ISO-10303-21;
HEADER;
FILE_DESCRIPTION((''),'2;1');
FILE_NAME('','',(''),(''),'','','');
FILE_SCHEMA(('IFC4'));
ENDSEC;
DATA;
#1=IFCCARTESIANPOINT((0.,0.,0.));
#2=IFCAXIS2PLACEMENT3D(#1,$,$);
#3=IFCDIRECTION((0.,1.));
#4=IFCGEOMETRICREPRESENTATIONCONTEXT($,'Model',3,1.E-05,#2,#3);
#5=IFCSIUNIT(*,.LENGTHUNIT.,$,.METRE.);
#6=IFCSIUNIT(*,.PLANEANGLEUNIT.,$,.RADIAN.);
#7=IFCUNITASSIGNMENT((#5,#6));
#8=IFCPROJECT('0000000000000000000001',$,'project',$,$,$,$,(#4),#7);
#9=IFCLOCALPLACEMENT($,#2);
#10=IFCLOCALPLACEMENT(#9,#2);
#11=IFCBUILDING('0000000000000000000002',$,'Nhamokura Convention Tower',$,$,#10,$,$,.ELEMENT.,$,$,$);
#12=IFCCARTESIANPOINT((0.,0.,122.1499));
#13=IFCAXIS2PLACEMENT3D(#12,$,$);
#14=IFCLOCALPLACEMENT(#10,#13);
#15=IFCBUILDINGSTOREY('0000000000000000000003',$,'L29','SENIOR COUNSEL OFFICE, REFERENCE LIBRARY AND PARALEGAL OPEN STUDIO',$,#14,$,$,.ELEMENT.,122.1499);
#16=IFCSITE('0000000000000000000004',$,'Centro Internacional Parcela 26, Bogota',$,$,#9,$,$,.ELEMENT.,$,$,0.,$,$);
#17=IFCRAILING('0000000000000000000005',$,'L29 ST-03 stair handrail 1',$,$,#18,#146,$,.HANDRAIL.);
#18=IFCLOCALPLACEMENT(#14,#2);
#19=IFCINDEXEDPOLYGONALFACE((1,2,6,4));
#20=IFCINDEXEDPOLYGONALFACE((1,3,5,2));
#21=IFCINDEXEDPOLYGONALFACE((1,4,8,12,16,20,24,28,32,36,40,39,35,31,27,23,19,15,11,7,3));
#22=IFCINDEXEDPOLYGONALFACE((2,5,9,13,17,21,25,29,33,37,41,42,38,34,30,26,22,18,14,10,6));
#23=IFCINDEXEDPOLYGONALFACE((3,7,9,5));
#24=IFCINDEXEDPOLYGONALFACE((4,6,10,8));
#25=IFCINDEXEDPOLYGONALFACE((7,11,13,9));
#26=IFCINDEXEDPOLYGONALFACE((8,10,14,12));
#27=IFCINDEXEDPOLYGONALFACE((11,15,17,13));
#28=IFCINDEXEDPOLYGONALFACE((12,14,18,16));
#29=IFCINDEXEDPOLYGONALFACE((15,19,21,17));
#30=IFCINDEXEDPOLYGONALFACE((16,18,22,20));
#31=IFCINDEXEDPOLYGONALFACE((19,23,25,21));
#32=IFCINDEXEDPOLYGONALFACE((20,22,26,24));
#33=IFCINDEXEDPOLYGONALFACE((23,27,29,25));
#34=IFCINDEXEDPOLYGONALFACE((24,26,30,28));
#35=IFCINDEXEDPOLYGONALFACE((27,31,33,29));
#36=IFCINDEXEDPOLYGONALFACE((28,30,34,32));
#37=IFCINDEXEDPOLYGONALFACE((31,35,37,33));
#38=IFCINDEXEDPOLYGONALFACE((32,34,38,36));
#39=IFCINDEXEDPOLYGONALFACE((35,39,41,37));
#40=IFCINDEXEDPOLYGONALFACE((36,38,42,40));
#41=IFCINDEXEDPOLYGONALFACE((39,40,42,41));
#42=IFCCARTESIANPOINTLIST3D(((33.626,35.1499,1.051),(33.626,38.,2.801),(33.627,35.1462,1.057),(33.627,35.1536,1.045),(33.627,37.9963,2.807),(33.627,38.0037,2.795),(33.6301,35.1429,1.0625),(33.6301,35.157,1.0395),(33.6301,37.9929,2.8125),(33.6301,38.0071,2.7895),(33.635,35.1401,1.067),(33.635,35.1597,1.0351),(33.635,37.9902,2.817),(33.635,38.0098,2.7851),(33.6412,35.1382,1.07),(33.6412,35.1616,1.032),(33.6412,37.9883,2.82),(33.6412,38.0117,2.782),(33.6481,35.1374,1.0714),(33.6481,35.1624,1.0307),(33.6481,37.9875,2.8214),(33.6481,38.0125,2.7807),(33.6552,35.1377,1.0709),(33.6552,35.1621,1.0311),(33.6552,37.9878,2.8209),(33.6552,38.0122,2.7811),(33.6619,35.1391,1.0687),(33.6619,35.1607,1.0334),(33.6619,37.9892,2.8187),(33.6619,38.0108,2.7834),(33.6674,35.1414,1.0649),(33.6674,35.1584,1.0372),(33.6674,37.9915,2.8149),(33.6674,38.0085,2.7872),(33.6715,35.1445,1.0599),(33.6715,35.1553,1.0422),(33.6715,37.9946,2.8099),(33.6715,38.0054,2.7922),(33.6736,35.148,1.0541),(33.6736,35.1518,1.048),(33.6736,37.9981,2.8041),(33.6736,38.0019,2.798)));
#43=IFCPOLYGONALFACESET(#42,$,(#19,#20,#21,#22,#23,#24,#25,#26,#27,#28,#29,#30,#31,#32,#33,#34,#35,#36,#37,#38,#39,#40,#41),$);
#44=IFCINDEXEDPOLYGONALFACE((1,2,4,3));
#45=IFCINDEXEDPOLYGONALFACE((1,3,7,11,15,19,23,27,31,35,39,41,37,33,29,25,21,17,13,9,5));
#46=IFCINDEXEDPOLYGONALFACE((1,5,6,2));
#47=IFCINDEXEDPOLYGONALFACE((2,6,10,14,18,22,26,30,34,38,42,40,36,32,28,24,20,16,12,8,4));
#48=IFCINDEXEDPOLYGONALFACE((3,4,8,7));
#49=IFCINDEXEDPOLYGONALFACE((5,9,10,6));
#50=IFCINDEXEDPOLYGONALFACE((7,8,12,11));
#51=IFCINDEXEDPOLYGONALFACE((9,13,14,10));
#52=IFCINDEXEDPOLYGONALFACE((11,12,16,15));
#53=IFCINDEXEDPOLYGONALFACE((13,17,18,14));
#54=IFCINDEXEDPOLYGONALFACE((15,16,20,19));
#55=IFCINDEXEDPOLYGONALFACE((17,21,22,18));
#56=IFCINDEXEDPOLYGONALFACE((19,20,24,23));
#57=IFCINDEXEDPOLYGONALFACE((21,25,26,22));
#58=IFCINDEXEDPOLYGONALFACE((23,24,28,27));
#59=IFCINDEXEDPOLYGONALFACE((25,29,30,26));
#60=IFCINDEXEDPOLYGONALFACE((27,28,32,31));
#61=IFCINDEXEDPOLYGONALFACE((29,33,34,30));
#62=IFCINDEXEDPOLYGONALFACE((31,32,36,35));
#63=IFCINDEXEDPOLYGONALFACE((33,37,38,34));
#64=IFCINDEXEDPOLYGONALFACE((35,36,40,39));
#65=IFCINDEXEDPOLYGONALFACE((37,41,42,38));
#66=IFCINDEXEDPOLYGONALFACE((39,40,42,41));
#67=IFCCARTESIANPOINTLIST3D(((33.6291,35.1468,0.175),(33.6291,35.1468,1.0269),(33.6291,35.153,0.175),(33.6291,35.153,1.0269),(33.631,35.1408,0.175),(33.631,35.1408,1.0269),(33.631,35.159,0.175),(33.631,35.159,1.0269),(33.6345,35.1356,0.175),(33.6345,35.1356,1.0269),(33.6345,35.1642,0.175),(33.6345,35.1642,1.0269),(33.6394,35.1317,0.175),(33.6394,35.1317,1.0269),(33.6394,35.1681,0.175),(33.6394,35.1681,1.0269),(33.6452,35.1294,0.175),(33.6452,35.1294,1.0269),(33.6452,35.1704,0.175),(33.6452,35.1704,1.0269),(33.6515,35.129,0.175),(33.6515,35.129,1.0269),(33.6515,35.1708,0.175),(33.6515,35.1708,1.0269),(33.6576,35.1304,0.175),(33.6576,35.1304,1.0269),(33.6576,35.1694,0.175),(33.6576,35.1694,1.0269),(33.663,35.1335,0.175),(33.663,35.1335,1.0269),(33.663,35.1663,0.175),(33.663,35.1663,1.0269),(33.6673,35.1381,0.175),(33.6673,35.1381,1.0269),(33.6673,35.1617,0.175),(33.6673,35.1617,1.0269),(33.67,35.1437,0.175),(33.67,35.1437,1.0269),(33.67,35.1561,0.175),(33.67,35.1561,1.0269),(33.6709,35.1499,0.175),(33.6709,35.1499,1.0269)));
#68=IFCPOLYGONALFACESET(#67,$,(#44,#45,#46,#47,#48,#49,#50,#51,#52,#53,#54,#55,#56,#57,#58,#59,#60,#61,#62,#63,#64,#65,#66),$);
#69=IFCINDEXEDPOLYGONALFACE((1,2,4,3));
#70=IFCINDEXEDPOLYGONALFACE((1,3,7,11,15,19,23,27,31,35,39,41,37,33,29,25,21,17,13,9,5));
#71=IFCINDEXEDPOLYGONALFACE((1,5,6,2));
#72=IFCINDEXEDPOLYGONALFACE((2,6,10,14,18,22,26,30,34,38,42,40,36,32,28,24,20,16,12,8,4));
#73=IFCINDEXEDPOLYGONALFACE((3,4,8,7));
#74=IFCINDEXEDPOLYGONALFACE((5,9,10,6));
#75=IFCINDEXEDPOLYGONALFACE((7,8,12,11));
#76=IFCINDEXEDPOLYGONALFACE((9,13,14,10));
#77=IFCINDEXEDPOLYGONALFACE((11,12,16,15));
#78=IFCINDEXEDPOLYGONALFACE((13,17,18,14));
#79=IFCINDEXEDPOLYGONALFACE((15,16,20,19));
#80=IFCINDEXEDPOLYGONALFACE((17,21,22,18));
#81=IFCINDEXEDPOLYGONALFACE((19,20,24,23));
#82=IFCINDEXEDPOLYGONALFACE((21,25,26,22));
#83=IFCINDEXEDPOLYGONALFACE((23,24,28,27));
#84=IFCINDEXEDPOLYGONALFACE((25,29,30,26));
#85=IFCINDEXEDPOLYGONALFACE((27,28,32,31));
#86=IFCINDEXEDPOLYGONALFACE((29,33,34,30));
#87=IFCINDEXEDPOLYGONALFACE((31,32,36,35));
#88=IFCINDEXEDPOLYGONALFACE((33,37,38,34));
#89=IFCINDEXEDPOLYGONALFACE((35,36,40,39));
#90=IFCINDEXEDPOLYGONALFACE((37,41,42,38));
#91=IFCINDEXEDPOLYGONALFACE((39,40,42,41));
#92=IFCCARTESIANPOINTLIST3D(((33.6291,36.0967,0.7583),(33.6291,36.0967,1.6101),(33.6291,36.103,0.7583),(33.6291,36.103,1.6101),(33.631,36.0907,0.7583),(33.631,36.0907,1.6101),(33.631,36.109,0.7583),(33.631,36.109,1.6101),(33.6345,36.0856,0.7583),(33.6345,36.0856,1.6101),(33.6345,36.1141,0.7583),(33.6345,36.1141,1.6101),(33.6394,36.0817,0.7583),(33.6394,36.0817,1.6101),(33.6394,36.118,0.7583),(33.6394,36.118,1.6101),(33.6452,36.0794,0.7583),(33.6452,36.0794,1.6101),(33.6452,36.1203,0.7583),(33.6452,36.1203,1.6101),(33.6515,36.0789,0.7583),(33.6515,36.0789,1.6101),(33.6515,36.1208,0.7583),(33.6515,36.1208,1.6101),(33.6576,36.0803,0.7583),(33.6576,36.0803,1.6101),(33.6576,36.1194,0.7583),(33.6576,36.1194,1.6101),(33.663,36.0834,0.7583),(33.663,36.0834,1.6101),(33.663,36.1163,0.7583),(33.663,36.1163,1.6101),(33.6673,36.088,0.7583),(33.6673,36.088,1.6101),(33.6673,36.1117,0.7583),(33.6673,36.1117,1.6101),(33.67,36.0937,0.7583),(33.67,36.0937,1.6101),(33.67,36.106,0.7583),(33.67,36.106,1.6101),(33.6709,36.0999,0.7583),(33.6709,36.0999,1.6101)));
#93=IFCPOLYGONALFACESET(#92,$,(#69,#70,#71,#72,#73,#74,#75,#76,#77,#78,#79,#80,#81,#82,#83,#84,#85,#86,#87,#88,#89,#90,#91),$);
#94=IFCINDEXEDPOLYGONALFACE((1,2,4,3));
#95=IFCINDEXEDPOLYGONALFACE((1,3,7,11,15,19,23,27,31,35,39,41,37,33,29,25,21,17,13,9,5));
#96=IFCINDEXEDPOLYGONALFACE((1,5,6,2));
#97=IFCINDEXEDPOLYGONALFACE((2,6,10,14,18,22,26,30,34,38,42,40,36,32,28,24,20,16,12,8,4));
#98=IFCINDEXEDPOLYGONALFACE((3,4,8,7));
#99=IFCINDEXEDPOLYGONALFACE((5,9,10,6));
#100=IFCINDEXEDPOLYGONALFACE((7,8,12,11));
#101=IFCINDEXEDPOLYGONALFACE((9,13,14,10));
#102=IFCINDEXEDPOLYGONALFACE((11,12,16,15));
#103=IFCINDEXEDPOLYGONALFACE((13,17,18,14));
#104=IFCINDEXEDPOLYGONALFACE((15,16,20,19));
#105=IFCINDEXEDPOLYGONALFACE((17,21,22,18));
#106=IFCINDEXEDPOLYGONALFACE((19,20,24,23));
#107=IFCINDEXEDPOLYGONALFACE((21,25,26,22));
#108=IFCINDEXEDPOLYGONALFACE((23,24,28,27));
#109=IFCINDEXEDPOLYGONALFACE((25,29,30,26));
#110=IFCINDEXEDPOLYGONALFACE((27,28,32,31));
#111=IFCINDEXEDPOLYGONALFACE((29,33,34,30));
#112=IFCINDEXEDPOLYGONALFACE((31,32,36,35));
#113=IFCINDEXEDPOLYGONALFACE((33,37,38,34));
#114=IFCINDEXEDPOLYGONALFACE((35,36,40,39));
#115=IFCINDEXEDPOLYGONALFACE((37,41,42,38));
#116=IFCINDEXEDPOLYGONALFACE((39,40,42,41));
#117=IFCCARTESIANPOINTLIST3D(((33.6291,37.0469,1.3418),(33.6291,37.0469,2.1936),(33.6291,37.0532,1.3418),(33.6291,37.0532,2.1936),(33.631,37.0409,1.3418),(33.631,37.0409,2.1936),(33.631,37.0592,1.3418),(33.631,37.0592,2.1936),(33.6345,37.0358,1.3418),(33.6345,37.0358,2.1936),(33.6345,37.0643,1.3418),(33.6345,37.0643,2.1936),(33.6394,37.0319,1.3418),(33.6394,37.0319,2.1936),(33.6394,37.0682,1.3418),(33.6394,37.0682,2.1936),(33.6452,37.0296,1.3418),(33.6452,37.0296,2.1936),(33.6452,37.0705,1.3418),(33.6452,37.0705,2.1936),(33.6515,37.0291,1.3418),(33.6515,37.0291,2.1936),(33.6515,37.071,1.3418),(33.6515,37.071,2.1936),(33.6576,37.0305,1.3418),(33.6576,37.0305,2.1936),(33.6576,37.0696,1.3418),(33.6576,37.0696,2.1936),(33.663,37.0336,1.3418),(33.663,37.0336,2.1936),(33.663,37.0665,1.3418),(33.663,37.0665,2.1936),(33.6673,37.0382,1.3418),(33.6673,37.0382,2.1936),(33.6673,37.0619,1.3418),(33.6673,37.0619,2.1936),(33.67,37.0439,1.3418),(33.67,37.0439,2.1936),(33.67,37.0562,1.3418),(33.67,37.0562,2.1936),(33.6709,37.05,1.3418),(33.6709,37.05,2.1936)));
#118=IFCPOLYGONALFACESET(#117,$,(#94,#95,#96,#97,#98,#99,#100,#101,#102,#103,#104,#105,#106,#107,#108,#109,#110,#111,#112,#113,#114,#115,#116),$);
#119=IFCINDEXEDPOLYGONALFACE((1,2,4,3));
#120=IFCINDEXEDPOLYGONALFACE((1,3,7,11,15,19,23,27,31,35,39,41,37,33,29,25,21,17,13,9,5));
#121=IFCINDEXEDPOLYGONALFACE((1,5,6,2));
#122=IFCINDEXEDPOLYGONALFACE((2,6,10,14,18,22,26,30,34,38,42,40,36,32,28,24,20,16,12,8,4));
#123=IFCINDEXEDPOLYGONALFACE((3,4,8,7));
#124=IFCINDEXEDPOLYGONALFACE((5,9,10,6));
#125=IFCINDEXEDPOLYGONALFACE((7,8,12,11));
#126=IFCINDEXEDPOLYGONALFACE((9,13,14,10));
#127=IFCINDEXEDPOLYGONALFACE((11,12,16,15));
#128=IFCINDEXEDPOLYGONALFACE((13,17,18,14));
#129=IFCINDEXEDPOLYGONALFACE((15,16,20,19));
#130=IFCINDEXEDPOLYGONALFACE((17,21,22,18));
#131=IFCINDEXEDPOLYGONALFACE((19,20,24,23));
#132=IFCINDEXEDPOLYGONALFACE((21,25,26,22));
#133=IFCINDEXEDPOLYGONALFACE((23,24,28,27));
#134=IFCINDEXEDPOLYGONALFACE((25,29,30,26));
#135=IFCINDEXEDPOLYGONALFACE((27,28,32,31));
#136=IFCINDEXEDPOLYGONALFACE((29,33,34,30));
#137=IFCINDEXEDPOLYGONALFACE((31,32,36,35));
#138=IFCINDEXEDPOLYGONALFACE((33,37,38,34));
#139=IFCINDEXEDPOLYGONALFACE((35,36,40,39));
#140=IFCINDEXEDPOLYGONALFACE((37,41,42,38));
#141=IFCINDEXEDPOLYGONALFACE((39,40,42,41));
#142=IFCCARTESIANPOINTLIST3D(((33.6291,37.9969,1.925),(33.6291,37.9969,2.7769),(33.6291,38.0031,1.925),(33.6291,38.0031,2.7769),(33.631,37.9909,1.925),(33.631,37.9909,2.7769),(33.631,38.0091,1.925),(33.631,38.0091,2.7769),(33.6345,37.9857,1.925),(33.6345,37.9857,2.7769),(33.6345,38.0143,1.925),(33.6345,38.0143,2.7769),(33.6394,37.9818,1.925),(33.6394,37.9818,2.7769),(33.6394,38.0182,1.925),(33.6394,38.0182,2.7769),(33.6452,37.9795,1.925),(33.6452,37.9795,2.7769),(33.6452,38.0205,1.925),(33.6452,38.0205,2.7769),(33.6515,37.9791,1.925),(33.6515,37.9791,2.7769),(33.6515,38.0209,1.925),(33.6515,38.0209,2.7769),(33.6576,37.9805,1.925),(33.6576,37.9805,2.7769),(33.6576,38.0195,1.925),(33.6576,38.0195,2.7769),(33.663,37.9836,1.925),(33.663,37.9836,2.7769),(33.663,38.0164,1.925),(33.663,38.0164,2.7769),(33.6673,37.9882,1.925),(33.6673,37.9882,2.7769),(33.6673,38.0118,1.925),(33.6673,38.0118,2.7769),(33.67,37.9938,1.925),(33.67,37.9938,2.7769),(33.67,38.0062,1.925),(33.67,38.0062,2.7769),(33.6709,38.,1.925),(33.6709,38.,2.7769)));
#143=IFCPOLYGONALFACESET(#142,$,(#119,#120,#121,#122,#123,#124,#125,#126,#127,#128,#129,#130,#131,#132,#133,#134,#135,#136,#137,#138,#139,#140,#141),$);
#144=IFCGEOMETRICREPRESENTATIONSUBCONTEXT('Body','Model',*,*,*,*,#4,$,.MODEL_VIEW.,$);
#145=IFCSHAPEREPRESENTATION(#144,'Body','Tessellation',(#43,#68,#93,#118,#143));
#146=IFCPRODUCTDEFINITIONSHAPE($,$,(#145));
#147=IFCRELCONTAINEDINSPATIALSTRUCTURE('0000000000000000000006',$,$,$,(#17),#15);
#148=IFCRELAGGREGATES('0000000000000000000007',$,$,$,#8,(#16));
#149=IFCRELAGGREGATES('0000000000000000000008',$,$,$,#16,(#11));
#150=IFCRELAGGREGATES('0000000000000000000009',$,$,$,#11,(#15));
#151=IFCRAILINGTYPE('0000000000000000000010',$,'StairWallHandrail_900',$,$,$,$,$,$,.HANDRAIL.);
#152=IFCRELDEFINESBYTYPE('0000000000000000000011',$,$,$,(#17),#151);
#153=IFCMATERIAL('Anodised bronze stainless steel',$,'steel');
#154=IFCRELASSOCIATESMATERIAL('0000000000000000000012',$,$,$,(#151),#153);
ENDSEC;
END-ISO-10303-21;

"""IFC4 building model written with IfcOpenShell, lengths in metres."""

from ifc_helpers import new_model, si_unit, direction, frame, origin, origin_2d, place, context, subcontext, project, spatial, circle, extrude, material, type_object, element, save


model = new_model("IFC4")

# Units and contexts
model_context = context("Model", 3, precision=1e-05, world=origin(), true_north=direction((0.0, 1.0)))
body_context = subcontext(model_context, "Body", "Model", "MODEL_VIEW")
ifc_project = project(units=[si_unit("LENGTHUNIT", "METRE"), si_unit("PLANEANGLEUNIT", "RADIAN")], contexts=[model_context])

# Site, building, storey
site_placement = place(None, origin())
site = spatial("IfcSite", under=ifc_project, at=site_placement, Name="Centro Internacional Parcela 26, Bogota", CompositionType="ELEMENT", RefElevation=0.0)
building_placement = place(site_placement, origin())
building = spatial("IfcBuilding", under=site, at=building_placement, Name="Nhamokura Convention Tower", CompositionType="ELEMENT")
storey_placement = place(building_placement, frame((0.0, 0.0, 122.1499)))
storey = spatial("IfcBuildingStorey", under=building, at=storey_placement, Name="L29", Description="SENIOR COUNSEL OFFICE, REFERENCE LIBRARY AND PARALEGAL OPEN STUDIO", CompositionType="ELEMENT", Elevation=122.1499)

# Railing
ifc_material_1 = material(Name="Anodised bronze stainless steel", Category="steel")
railing_type_1 = type_object("IfcRailingType", Name="StairWallHandrail_900", PredefinedType="HANDRAIL", material=ifc_material_1)
railing_1_placement = place(storey_placement, frame((33.6499, 35.1499, 0.175)))
element("IfcRailing", 1, at=railing_1_placement, inside=storey, type_object=railing_type_1, Name="L29 ST-03 stair handrail 1", PredefinedType="HANDRAIL", context=body_context, shape_type="SweptSolid", body=[
    extrude(circle(Radius=0.0239, at=origin_2d()), frame((0.0, 0.0, 0.876), z_axis=(0.0, 0.852179, 0.52325), x_axis=(-1.0, 0.0, 0.0)), (0.0, 0.0, 1.0), 3.3445),
    extrude(circle(Radius=0.021, at=origin_2d()), origin(), (0.0, 0.0, 1.0), 0.8518),
    extrude(circle(Radius=0.021, at=origin_2d()), frame((0.0, 0.95, 0.5833)), (0.0, 0.0, 1.0), 0.8518),
    extrude(circle(Radius=0.021, at=origin_2d()), frame((0.0, 1.9001, 1.1667)), (0.0, 0.0, 1.0), 0.8518),
    extrude(circle(Radius=0.021, at=origin_2d()), frame((0.0, 2.8501, 1.75)), (0.0, 0.0, 1.0), 0.8518),
])

save(model, "model.ifc")
